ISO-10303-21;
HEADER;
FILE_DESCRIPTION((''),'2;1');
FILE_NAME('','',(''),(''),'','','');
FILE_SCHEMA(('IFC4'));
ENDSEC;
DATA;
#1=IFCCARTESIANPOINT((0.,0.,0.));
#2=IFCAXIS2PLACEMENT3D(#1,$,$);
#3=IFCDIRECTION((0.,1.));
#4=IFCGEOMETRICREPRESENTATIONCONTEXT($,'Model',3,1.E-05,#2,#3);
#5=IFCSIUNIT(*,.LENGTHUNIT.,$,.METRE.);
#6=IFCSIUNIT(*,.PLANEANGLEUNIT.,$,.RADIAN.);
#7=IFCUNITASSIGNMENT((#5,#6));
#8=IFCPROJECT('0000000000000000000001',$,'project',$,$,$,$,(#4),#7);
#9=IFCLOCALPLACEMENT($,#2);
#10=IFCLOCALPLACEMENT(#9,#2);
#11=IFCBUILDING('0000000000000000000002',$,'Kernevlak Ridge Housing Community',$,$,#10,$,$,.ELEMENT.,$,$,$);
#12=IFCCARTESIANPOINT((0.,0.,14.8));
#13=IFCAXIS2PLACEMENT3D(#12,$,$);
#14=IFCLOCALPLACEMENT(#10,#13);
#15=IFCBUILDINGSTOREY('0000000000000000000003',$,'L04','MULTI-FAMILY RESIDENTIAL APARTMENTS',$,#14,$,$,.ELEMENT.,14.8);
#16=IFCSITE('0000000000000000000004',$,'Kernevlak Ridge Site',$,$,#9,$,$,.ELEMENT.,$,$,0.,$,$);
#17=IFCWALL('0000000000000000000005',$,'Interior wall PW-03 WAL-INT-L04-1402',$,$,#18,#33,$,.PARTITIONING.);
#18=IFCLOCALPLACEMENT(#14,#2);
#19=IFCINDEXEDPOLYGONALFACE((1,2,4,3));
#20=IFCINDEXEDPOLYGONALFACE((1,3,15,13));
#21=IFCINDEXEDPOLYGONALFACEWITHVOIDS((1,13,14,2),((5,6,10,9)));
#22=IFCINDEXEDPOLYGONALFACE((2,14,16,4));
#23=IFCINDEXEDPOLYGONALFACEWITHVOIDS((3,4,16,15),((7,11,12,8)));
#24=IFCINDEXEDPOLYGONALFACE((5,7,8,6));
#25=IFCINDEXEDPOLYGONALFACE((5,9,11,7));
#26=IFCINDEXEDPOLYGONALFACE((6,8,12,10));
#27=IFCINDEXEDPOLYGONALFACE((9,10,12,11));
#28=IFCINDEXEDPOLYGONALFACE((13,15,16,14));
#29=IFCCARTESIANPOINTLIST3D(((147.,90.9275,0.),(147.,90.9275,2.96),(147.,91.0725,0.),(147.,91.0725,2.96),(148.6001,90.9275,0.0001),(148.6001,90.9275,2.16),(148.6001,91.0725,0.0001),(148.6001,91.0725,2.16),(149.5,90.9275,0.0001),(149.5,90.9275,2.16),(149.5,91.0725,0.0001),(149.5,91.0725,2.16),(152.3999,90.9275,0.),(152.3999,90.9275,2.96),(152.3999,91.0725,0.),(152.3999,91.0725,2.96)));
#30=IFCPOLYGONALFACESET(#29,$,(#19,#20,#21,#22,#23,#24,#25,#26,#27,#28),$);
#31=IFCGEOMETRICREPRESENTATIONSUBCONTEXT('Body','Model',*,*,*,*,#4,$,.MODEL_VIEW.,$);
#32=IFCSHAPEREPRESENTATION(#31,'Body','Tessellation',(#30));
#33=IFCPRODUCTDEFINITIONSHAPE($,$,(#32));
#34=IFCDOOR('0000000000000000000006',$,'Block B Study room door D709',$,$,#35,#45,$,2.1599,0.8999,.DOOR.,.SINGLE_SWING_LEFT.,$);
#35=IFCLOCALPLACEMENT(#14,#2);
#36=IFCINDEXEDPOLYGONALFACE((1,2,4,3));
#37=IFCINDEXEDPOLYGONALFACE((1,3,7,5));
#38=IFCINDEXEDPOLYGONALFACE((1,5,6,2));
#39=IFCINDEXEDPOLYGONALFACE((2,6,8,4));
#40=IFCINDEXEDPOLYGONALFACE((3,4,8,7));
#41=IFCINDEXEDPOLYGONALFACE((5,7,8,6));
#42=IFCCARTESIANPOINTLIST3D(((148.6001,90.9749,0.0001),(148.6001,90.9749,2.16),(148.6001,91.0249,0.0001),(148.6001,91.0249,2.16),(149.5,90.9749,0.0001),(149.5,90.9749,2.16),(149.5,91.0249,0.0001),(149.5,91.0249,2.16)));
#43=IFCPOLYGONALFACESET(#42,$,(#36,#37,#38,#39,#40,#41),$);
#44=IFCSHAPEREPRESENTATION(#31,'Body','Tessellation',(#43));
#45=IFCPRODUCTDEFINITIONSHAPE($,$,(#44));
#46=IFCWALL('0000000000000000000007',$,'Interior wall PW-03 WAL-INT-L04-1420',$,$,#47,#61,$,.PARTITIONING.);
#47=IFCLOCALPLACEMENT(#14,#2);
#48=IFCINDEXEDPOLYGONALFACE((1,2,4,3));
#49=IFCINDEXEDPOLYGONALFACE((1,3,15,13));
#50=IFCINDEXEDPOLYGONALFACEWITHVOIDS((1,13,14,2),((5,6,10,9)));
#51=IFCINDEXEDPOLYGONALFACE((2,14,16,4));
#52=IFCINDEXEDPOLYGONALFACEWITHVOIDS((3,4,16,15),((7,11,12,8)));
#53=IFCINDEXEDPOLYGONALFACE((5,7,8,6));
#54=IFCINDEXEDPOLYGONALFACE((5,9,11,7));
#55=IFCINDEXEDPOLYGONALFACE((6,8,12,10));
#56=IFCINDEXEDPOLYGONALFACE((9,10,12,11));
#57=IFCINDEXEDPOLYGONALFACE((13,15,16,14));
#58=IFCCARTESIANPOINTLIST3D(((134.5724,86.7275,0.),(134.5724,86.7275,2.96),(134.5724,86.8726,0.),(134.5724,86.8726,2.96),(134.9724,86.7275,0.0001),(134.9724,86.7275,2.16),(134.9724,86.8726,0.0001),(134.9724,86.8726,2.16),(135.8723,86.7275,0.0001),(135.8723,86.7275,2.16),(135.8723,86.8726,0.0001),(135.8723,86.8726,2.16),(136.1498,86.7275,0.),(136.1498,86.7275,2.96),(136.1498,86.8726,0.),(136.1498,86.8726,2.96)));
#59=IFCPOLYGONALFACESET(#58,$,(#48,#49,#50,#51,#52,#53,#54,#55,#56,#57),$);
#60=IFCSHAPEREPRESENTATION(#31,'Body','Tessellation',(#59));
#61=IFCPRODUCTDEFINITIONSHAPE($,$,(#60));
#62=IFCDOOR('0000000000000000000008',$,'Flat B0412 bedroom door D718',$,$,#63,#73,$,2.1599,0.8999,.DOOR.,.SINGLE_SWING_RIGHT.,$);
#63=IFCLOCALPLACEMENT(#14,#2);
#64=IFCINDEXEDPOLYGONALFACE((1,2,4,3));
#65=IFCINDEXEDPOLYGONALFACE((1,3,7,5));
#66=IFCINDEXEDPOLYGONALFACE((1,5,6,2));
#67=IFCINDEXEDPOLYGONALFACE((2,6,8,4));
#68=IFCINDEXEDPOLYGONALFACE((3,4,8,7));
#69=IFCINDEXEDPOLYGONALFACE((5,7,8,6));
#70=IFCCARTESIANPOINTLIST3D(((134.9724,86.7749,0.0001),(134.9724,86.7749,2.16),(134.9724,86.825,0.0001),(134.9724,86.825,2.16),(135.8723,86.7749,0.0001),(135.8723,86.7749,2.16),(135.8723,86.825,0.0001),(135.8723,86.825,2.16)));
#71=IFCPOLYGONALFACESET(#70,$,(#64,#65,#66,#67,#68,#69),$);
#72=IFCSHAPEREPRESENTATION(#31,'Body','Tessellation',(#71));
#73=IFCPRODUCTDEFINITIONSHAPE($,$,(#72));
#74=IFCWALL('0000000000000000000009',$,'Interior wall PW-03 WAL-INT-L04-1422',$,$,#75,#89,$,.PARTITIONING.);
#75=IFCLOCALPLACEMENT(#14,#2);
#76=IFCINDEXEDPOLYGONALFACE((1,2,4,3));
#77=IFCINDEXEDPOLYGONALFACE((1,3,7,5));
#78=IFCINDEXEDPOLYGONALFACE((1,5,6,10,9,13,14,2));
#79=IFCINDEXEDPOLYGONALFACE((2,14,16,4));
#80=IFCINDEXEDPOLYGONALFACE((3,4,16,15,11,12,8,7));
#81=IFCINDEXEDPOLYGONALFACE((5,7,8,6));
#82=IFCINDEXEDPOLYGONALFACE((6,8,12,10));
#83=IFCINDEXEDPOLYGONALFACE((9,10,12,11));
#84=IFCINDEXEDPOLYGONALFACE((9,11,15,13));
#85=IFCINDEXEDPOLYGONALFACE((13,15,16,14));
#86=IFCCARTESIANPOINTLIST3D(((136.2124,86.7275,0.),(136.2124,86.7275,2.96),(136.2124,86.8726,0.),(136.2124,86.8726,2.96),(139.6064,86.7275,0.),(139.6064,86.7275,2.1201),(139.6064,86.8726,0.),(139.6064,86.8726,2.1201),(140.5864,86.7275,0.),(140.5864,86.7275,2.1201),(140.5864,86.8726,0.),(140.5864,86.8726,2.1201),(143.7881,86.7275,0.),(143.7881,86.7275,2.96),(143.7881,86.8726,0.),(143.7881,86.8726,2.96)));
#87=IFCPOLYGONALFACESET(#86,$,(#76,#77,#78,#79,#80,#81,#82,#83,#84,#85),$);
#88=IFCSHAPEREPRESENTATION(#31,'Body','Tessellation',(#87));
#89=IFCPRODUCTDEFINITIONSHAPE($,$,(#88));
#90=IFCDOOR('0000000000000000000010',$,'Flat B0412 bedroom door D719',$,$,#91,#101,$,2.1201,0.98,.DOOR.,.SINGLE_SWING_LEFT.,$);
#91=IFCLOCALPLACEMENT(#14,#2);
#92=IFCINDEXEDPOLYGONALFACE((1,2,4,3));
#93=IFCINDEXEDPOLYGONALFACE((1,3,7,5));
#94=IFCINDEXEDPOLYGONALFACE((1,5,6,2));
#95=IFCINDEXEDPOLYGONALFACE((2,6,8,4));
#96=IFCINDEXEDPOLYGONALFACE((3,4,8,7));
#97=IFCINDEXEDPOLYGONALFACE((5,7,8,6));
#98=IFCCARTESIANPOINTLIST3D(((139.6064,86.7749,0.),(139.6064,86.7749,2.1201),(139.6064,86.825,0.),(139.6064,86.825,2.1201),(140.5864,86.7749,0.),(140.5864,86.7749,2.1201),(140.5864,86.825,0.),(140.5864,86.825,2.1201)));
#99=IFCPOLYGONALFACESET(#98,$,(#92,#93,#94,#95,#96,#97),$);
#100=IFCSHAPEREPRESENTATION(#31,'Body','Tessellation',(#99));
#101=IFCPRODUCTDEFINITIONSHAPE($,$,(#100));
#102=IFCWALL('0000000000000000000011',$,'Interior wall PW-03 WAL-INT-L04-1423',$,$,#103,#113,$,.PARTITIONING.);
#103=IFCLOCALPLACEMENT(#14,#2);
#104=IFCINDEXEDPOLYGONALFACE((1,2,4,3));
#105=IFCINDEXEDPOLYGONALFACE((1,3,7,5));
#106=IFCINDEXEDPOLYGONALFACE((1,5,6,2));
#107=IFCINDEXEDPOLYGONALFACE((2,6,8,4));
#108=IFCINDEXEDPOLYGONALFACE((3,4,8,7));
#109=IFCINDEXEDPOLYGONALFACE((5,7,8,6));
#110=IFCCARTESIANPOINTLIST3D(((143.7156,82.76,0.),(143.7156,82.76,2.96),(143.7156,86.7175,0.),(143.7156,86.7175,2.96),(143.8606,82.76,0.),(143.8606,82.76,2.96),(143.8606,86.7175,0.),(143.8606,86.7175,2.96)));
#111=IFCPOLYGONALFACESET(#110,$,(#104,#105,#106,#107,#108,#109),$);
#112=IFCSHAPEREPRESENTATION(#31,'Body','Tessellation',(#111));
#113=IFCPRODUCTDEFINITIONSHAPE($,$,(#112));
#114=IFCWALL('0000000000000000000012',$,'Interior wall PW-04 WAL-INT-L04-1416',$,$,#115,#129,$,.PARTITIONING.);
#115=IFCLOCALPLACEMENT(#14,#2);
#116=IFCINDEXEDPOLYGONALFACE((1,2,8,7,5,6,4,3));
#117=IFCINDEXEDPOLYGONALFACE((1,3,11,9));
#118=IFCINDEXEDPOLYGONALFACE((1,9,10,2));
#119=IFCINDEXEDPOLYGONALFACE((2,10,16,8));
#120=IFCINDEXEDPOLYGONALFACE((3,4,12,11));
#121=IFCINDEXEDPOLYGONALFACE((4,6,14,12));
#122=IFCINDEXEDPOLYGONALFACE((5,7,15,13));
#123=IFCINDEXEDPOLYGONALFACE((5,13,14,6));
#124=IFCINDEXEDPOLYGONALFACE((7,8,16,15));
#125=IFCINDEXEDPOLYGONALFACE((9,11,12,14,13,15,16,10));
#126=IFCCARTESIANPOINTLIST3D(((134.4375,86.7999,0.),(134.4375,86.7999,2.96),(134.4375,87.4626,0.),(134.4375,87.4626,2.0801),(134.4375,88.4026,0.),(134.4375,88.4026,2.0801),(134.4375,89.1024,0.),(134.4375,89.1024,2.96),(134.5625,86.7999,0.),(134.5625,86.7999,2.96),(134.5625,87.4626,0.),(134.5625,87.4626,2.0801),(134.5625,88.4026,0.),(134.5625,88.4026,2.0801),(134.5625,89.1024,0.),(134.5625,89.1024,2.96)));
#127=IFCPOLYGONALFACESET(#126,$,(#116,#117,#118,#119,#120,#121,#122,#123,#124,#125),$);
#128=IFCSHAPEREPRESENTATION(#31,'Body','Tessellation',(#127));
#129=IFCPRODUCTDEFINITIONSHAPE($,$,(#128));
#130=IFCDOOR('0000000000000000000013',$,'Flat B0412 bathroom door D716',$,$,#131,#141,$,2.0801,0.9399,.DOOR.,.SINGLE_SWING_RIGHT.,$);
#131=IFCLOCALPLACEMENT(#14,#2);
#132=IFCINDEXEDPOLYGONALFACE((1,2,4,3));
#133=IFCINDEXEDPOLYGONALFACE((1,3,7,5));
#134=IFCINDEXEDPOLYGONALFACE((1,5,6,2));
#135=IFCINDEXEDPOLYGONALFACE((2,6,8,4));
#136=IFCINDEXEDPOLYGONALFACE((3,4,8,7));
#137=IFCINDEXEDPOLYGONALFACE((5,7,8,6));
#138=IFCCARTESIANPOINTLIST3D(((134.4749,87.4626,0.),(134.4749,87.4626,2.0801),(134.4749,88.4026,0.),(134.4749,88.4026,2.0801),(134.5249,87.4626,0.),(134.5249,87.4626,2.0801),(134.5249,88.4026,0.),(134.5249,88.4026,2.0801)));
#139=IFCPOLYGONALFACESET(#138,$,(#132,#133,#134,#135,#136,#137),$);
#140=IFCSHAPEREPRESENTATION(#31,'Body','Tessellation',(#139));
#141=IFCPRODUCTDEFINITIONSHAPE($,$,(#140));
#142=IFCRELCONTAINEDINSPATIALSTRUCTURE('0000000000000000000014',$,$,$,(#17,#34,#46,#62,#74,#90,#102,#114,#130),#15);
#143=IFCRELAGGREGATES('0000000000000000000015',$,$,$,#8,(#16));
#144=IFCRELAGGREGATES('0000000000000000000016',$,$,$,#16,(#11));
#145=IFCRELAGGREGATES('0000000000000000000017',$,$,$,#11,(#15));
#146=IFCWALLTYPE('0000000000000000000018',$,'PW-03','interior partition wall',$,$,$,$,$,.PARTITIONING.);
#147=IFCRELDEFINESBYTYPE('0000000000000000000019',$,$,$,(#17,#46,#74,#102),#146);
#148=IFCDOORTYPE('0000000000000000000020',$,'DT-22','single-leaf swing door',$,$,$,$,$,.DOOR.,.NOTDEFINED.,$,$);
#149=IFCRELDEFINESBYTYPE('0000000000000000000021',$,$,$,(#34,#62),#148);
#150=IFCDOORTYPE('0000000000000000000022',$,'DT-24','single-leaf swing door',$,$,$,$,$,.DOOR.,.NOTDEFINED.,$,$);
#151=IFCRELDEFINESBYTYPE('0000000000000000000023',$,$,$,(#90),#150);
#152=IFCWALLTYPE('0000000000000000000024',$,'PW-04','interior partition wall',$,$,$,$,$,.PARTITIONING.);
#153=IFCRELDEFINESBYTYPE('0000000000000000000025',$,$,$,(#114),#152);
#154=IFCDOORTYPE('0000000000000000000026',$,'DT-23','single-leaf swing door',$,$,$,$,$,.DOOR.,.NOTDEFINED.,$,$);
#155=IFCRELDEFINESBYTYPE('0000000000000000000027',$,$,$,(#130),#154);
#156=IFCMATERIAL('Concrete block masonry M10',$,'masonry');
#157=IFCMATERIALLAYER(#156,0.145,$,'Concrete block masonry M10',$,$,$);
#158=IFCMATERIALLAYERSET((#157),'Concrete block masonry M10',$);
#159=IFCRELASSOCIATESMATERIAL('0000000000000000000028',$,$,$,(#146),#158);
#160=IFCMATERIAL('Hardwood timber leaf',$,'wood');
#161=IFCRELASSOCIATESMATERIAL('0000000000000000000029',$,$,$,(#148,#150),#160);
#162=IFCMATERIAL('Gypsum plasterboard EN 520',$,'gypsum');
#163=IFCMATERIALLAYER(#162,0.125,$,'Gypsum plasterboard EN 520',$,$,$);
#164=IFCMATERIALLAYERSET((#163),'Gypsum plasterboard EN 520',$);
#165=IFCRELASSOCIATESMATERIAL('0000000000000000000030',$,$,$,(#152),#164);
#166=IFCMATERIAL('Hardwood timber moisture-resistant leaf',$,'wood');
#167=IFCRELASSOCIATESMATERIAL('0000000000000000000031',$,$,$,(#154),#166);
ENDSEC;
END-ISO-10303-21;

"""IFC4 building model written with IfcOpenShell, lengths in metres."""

from ifc_helpers import new_model, si_unit, direction, frame, frame_2d, origin, place, context, subcontext, project, spatial, rectangle, extrude, material, layer, layer_set, type_object, element, fill, save


model = new_model("IFC4")

# Units and contexts
model_context = context("Model", 3, precision=1e-05, world=origin(), true_north=direction((0.0, 1.0)))
body_context = subcontext(model_context, "Body", "Model", "MODEL_VIEW")
ifc_project = project(units=[si_unit("LENGTHUNIT", "METRE"), si_unit("PLANEANGLEUNIT", "RADIAN")], contexts=[model_context])

# Site, building, storey
site_placement = place(None, origin())
site = spatial("IfcSite", under=ifc_project, at=site_placement, Name="Kernevlak Ridge Site", CompositionType="ELEMENT", RefElevation=0.0)
building_placement = place(site_placement, origin())
building = spatial("IfcBuilding", under=site, at=building_placement, Name="Kernevlak Ridge Housing Community", CompositionType="ELEMENT")
storey_placement = place(building_placement, frame((0.0, 0.0, 14.8)))
storey = spatial("IfcBuildingStorey", under=building, at=storey_placement, Name="L04", Description="MULTI-FAMILY RESIDENTIAL APARTMENTS", CompositionType="ELEMENT", Elevation=14.8)

# Shared definitions
ifc_material_1 = material(Name="Concrete block masonry M10", Category="masonry")

# Walls, openings, doors
ifc_layer_1 = layer(ifc_material_1, 0.145, Name="Concrete block masonry M10")
ifc_layer_set_1 = layer_set([ifc_layer_1], Name="Concrete block masonry M10")
wall_type_1 = type_object("IfcWallType", Name="PW-03", Description="interior partition wall", PredefinedType="PARTITIONING", material=ifc_layer_set_1)
wall_1_placement = place(storey_placement, frame((147.0, 91.0, 0.0), z_axis=(0.0, 0.0, 1.0), x_axis=(1.0, 0.0, 0.0)))
wall_1 = element("IfcWall", 1, at=wall_1_placement, inside=storey, type_object=wall_type_1, Name="Interior wall PW-03 WAL-INT-L04-1402", PredefinedType="PARTITIONING", context=body_context, shape_type="SweptSolid", body=[
    extrude(rectangle(XDim=5.3999, YDim=0.145, at=frame_2d((2.7, 0.0))), origin(), (0.0, 0.0, 1.0), 2.96),
])
opening_1_placement = place(wall_1_placement, frame((1.6001, 0.0, 0.0)))
opening_1 = element("IfcOpeningElement", 2, at=opening_1_placement, cuts=wall_1, PredefinedType="OPENING", context=body_context, shape_type="SweptSolid", body=[
    extrude(rectangle(XDim=0.8999, YDim=2.1599, at=frame_2d((0.45, 1.0801))), frame((0.0, 0.0825, 0.0), z_axis=(0.0, -1.0, 0.0), x_axis=(1.0, 0.0, 0.0)), (0.0, 0.0, 1.0), 0.165),
])
ifc_material_2 = material(Name="Hardwood timber leaf", Category="wood")
door_type_1 = type_object("IfcDoorType", Name="DT-22", Description="single-leaf swing door", OperationType="NOTDEFINED", PredefinedType="DOOR", material=ifc_material_2)
door_1_placement = place(opening_1_placement, origin())
door_1 = element("IfcDoor", 3, at=door_1_placement, inside=storey, type_object=door_type_1, Name="Block B Study room door D709", OperationType="SINGLE_SWING_LEFT", OverallHeight=2.1599, OverallWidth=0.8999, PredefinedType="DOOR", context=body_context, shape_type="SweptSolid", body=[
    extrude(rectangle(XDim=0.8999, YDim=2.1599, at=frame_2d((0.45, 1.0801))), frame((0.0, 0.0249, 0.0), z_axis=(0.0, -1.0, 0.0), x_axis=(1.0, 0.0, 0.0)), (0.0, 0.0, 1.0), 0.05),
])
fill(opening_1, door_1)
wall_2_placement = place(storey_placement, frame((134.5725, 86.8, 0.0), z_axis=(0.0, 0.0, 1.0), x_axis=(1.0, 0.0, 0.0)))
wall_2 = element("IfcWall", 4, at=wall_2_placement, inside=storey, type_object=wall_type_1, Name="Interior wall PW-03 WAL-INT-L04-1420", PredefinedType="PARTITIONING", context=body_context, shape_type="SweptSolid", body=[
    extrude(rectangle(XDim=1.5774, YDim=0.145, at=frame_2d((0.7886, 0.0))), origin(), (0.0, 0.0, 1.0), 2.96),
])
opening_2_placement = place(wall_2_placement, frame((0.3999, 0.0, 0.0)))
opening_2 = element("IfcOpeningElement", 5, at=opening_2_placement, cuts=wall_2, PredefinedType="OPENING", context=body_context, shape_type="SweptSolid", body=[
    extrude(rectangle(XDim=0.8999, YDim=2.1599, at=frame_2d((0.45, 1.0801))), frame((0.0, 0.0825, 0.0), z_axis=(0.0, -1.0, 0.0), x_axis=(1.0, 0.0, 0.0)), (0.0, 0.0, 1.0), 0.165),
])
door_2_placement = place(opening_2_placement, origin())
door_2 = element("IfcDoor", 6, at=door_2_placement, inside=storey, type_object=door_type_1, Name="Flat B0412 bedroom door D718", OperationType="SINGLE_SWING_RIGHT", OverallHeight=2.1599, OverallWidth=0.8999, PredefinedType="DOOR", context=body_context, shape_type="SweptSolid", body=[
    extrude(rectangle(XDim=0.8999, YDim=2.1599, at=frame_2d((0.45, 1.0801))), frame((0.0, 0.0249, 0.0), z_axis=(0.0, -1.0, 0.0), x_axis=(1.0, 0.0, 0.0)), (0.0, 0.0, 1.0), 0.05),
])
fill(opening_2, door_2)
wall_3_placement = place(storey_placement, frame((136.2124, 86.8, 0.0), z_axis=(0.0, 0.0, 1.0), x_axis=(1.0, 0.0, 0.0)))
wall_3 = element("IfcWall", 7, at=wall_3_placement, inside=storey, type_object=wall_type_1, Name="Interior wall PW-03 WAL-INT-L04-1422", PredefinedType="PARTITIONING", context=body_context, shape_type="SweptSolid", body=[
    extrude(rectangle(XDim=7.5757, YDim=0.145, at=frame_2d((3.7878, 0.0))), origin(), (0.0, 0.0, 1.0), 2.96),
])
opening_3_placement = place(wall_3_placement, frame((3.394, 0.0, 0.0)))
opening_3 = element("IfcOpeningElement", 8, at=opening_3_placement, cuts=wall_3, PredefinedType="OPENING", context=body_context, shape_type="SweptSolid", body=[
    extrude(rectangle(XDim=0.98, YDim=2.1201, at=frame_2d((0.49, 1.0601))), frame((0.0, 0.0825, 0.0), z_axis=(0.0, -1.0, 0.0), x_axis=(1.0, 0.0, 0.0)), (0.0, 0.0, 1.0), 0.165),
])
door_type_2 = type_object("IfcDoorType", Name="DT-24", Description="single-leaf swing door", OperationType="NOTDEFINED", PredefinedType="DOOR", material=ifc_material_2)
door_3_placement = place(opening_3_placement, origin())
door_3 = element("IfcDoor", 9, at=door_3_placement, inside=storey, type_object=door_type_2, Name="Flat B0412 bedroom door D719", OperationType="SINGLE_SWING_LEFT", OverallHeight=2.1201, OverallWidth=0.98, PredefinedType="DOOR", context=body_context, shape_type="SweptSolid", body=[
    extrude(rectangle(XDim=0.98, YDim=2.1201, at=frame_2d((0.49, 1.0601))), frame((0.0, 0.0249, 0.0), z_axis=(0.0, -1.0, 0.0), x_axis=(1.0, 0.0, 0.0)), (0.0, 0.0, 1.0), 0.05),
])
fill(opening_3, door_3)

# Wall
wall_4_placement = place(storey_placement, frame((143.7881, 86.7175, 0.0), z_axis=(0.0, 0.0, 1.0), x_axis=(0.0, -1.0, 0.0)))
element("IfcWall", 10, at=wall_4_placement, inside=storey, type_object=wall_type_1, Name="Interior wall PW-03 WAL-INT-L04-1423", PredefinedType="PARTITIONING", context=body_context, shape_type="SweptSolid", body=[
    extrude(rectangle(XDim=3.9575, YDim=0.145, at=frame_2d((1.9788, 0.0))), origin(), (0.0, 0.0, 1.0), 2.96),
])

# Wall, opening, door
ifc_material_3 = material(Name="Gypsum plasterboard EN 520", Category="gypsum")
ifc_layer_2 = layer(ifc_material_3, 0.125, Name="Gypsum plasterboard EN 520")
ifc_layer_set_2 = layer_set([ifc_layer_2], Name="Gypsum plasterboard EN 520")
wall_type_2 = type_object("IfcWallType", Name="PW-04", Description="interior partition wall", PredefinedType="PARTITIONING", material=ifc_layer_set_2)
wall_5_placement = place(storey_placement, frame((134.5, 89.1025, 0.0), z_axis=(0.0, 0.0, 1.0), x_axis=(0.0, -1.0, 0.0)))
wall_5 = element("IfcWall", 11, at=wall_5_placement, inside=storey, type_object=wall_type_2, Name="Interior wall PW-04 WAL-INT-L04-1416", PredefinedType="PARTITIONING", context=body_context, shape_type="SweptSolid", body=[
    extrude(rectangle(XDim=2.3025, YDim=0.125, at=frame_2d((1.1514, 0.0))), origin(), (0.0, 0.0, 1.0), 2.96),
])
opening_4_placement = place(wall_5_placement, frame((0.7, 0.0, 0.0)))
opening_4 = element("IfcOpeningElement", 12, at=opening_4_placement, cuts=wall_5, PredefinedType="OPENING", context=body_context, shape_type="SweptSolid", body=[
    extrude(rectangle(XDim=0.9399, YDim=2.0801, at=frame_2d((0.47, 1.04))), frame((0.0, 0.0725, 0.0), z_axis=(0.0, -1.0, 0.0), x_axis=(1.0, 0.0, 0.0)), (0.0, 0.0, 1.0), 0.145),
])
ifc_material_4 = material(Name="Hardwood timber moisture-resistant leaf", Category="wood")
door_type_3 = type_object("IfcDoorType", Name="DT-23", Description="single-leaf swing door", OperationType="NOTDEFINED", PredefinedType="DOOR", material=ifc_material_4)
door_4_placement = place(opening_4_placement, origin())
door_4 = element("IfcDoor", 13, at=door_4_placement, inside=storey, type_object=door_type_3, Name="Flat B0412 bathroom door D716", OperationType="SINGLE_SWING_RIGHT", OverallHeight=2.0801, OverallWidth=0.9399, PredefinedType="DOOR", context=body_context, shape_type="SweptSolid", body=[
    extrude(rectangle(XDim=0.9399, YDim=2.0801, at=frame_2d((0.47, 1.04))), frame((0.0, 0.0249, 0.0), z_axis=(0.0, -1.0, 0.0), x_axis=(1.0, 0.0, 0.0)), (0.0, 0.0, 1.0), 0.05),
])
fill(opening_4, door_4)

save(model, "model.ifc")
